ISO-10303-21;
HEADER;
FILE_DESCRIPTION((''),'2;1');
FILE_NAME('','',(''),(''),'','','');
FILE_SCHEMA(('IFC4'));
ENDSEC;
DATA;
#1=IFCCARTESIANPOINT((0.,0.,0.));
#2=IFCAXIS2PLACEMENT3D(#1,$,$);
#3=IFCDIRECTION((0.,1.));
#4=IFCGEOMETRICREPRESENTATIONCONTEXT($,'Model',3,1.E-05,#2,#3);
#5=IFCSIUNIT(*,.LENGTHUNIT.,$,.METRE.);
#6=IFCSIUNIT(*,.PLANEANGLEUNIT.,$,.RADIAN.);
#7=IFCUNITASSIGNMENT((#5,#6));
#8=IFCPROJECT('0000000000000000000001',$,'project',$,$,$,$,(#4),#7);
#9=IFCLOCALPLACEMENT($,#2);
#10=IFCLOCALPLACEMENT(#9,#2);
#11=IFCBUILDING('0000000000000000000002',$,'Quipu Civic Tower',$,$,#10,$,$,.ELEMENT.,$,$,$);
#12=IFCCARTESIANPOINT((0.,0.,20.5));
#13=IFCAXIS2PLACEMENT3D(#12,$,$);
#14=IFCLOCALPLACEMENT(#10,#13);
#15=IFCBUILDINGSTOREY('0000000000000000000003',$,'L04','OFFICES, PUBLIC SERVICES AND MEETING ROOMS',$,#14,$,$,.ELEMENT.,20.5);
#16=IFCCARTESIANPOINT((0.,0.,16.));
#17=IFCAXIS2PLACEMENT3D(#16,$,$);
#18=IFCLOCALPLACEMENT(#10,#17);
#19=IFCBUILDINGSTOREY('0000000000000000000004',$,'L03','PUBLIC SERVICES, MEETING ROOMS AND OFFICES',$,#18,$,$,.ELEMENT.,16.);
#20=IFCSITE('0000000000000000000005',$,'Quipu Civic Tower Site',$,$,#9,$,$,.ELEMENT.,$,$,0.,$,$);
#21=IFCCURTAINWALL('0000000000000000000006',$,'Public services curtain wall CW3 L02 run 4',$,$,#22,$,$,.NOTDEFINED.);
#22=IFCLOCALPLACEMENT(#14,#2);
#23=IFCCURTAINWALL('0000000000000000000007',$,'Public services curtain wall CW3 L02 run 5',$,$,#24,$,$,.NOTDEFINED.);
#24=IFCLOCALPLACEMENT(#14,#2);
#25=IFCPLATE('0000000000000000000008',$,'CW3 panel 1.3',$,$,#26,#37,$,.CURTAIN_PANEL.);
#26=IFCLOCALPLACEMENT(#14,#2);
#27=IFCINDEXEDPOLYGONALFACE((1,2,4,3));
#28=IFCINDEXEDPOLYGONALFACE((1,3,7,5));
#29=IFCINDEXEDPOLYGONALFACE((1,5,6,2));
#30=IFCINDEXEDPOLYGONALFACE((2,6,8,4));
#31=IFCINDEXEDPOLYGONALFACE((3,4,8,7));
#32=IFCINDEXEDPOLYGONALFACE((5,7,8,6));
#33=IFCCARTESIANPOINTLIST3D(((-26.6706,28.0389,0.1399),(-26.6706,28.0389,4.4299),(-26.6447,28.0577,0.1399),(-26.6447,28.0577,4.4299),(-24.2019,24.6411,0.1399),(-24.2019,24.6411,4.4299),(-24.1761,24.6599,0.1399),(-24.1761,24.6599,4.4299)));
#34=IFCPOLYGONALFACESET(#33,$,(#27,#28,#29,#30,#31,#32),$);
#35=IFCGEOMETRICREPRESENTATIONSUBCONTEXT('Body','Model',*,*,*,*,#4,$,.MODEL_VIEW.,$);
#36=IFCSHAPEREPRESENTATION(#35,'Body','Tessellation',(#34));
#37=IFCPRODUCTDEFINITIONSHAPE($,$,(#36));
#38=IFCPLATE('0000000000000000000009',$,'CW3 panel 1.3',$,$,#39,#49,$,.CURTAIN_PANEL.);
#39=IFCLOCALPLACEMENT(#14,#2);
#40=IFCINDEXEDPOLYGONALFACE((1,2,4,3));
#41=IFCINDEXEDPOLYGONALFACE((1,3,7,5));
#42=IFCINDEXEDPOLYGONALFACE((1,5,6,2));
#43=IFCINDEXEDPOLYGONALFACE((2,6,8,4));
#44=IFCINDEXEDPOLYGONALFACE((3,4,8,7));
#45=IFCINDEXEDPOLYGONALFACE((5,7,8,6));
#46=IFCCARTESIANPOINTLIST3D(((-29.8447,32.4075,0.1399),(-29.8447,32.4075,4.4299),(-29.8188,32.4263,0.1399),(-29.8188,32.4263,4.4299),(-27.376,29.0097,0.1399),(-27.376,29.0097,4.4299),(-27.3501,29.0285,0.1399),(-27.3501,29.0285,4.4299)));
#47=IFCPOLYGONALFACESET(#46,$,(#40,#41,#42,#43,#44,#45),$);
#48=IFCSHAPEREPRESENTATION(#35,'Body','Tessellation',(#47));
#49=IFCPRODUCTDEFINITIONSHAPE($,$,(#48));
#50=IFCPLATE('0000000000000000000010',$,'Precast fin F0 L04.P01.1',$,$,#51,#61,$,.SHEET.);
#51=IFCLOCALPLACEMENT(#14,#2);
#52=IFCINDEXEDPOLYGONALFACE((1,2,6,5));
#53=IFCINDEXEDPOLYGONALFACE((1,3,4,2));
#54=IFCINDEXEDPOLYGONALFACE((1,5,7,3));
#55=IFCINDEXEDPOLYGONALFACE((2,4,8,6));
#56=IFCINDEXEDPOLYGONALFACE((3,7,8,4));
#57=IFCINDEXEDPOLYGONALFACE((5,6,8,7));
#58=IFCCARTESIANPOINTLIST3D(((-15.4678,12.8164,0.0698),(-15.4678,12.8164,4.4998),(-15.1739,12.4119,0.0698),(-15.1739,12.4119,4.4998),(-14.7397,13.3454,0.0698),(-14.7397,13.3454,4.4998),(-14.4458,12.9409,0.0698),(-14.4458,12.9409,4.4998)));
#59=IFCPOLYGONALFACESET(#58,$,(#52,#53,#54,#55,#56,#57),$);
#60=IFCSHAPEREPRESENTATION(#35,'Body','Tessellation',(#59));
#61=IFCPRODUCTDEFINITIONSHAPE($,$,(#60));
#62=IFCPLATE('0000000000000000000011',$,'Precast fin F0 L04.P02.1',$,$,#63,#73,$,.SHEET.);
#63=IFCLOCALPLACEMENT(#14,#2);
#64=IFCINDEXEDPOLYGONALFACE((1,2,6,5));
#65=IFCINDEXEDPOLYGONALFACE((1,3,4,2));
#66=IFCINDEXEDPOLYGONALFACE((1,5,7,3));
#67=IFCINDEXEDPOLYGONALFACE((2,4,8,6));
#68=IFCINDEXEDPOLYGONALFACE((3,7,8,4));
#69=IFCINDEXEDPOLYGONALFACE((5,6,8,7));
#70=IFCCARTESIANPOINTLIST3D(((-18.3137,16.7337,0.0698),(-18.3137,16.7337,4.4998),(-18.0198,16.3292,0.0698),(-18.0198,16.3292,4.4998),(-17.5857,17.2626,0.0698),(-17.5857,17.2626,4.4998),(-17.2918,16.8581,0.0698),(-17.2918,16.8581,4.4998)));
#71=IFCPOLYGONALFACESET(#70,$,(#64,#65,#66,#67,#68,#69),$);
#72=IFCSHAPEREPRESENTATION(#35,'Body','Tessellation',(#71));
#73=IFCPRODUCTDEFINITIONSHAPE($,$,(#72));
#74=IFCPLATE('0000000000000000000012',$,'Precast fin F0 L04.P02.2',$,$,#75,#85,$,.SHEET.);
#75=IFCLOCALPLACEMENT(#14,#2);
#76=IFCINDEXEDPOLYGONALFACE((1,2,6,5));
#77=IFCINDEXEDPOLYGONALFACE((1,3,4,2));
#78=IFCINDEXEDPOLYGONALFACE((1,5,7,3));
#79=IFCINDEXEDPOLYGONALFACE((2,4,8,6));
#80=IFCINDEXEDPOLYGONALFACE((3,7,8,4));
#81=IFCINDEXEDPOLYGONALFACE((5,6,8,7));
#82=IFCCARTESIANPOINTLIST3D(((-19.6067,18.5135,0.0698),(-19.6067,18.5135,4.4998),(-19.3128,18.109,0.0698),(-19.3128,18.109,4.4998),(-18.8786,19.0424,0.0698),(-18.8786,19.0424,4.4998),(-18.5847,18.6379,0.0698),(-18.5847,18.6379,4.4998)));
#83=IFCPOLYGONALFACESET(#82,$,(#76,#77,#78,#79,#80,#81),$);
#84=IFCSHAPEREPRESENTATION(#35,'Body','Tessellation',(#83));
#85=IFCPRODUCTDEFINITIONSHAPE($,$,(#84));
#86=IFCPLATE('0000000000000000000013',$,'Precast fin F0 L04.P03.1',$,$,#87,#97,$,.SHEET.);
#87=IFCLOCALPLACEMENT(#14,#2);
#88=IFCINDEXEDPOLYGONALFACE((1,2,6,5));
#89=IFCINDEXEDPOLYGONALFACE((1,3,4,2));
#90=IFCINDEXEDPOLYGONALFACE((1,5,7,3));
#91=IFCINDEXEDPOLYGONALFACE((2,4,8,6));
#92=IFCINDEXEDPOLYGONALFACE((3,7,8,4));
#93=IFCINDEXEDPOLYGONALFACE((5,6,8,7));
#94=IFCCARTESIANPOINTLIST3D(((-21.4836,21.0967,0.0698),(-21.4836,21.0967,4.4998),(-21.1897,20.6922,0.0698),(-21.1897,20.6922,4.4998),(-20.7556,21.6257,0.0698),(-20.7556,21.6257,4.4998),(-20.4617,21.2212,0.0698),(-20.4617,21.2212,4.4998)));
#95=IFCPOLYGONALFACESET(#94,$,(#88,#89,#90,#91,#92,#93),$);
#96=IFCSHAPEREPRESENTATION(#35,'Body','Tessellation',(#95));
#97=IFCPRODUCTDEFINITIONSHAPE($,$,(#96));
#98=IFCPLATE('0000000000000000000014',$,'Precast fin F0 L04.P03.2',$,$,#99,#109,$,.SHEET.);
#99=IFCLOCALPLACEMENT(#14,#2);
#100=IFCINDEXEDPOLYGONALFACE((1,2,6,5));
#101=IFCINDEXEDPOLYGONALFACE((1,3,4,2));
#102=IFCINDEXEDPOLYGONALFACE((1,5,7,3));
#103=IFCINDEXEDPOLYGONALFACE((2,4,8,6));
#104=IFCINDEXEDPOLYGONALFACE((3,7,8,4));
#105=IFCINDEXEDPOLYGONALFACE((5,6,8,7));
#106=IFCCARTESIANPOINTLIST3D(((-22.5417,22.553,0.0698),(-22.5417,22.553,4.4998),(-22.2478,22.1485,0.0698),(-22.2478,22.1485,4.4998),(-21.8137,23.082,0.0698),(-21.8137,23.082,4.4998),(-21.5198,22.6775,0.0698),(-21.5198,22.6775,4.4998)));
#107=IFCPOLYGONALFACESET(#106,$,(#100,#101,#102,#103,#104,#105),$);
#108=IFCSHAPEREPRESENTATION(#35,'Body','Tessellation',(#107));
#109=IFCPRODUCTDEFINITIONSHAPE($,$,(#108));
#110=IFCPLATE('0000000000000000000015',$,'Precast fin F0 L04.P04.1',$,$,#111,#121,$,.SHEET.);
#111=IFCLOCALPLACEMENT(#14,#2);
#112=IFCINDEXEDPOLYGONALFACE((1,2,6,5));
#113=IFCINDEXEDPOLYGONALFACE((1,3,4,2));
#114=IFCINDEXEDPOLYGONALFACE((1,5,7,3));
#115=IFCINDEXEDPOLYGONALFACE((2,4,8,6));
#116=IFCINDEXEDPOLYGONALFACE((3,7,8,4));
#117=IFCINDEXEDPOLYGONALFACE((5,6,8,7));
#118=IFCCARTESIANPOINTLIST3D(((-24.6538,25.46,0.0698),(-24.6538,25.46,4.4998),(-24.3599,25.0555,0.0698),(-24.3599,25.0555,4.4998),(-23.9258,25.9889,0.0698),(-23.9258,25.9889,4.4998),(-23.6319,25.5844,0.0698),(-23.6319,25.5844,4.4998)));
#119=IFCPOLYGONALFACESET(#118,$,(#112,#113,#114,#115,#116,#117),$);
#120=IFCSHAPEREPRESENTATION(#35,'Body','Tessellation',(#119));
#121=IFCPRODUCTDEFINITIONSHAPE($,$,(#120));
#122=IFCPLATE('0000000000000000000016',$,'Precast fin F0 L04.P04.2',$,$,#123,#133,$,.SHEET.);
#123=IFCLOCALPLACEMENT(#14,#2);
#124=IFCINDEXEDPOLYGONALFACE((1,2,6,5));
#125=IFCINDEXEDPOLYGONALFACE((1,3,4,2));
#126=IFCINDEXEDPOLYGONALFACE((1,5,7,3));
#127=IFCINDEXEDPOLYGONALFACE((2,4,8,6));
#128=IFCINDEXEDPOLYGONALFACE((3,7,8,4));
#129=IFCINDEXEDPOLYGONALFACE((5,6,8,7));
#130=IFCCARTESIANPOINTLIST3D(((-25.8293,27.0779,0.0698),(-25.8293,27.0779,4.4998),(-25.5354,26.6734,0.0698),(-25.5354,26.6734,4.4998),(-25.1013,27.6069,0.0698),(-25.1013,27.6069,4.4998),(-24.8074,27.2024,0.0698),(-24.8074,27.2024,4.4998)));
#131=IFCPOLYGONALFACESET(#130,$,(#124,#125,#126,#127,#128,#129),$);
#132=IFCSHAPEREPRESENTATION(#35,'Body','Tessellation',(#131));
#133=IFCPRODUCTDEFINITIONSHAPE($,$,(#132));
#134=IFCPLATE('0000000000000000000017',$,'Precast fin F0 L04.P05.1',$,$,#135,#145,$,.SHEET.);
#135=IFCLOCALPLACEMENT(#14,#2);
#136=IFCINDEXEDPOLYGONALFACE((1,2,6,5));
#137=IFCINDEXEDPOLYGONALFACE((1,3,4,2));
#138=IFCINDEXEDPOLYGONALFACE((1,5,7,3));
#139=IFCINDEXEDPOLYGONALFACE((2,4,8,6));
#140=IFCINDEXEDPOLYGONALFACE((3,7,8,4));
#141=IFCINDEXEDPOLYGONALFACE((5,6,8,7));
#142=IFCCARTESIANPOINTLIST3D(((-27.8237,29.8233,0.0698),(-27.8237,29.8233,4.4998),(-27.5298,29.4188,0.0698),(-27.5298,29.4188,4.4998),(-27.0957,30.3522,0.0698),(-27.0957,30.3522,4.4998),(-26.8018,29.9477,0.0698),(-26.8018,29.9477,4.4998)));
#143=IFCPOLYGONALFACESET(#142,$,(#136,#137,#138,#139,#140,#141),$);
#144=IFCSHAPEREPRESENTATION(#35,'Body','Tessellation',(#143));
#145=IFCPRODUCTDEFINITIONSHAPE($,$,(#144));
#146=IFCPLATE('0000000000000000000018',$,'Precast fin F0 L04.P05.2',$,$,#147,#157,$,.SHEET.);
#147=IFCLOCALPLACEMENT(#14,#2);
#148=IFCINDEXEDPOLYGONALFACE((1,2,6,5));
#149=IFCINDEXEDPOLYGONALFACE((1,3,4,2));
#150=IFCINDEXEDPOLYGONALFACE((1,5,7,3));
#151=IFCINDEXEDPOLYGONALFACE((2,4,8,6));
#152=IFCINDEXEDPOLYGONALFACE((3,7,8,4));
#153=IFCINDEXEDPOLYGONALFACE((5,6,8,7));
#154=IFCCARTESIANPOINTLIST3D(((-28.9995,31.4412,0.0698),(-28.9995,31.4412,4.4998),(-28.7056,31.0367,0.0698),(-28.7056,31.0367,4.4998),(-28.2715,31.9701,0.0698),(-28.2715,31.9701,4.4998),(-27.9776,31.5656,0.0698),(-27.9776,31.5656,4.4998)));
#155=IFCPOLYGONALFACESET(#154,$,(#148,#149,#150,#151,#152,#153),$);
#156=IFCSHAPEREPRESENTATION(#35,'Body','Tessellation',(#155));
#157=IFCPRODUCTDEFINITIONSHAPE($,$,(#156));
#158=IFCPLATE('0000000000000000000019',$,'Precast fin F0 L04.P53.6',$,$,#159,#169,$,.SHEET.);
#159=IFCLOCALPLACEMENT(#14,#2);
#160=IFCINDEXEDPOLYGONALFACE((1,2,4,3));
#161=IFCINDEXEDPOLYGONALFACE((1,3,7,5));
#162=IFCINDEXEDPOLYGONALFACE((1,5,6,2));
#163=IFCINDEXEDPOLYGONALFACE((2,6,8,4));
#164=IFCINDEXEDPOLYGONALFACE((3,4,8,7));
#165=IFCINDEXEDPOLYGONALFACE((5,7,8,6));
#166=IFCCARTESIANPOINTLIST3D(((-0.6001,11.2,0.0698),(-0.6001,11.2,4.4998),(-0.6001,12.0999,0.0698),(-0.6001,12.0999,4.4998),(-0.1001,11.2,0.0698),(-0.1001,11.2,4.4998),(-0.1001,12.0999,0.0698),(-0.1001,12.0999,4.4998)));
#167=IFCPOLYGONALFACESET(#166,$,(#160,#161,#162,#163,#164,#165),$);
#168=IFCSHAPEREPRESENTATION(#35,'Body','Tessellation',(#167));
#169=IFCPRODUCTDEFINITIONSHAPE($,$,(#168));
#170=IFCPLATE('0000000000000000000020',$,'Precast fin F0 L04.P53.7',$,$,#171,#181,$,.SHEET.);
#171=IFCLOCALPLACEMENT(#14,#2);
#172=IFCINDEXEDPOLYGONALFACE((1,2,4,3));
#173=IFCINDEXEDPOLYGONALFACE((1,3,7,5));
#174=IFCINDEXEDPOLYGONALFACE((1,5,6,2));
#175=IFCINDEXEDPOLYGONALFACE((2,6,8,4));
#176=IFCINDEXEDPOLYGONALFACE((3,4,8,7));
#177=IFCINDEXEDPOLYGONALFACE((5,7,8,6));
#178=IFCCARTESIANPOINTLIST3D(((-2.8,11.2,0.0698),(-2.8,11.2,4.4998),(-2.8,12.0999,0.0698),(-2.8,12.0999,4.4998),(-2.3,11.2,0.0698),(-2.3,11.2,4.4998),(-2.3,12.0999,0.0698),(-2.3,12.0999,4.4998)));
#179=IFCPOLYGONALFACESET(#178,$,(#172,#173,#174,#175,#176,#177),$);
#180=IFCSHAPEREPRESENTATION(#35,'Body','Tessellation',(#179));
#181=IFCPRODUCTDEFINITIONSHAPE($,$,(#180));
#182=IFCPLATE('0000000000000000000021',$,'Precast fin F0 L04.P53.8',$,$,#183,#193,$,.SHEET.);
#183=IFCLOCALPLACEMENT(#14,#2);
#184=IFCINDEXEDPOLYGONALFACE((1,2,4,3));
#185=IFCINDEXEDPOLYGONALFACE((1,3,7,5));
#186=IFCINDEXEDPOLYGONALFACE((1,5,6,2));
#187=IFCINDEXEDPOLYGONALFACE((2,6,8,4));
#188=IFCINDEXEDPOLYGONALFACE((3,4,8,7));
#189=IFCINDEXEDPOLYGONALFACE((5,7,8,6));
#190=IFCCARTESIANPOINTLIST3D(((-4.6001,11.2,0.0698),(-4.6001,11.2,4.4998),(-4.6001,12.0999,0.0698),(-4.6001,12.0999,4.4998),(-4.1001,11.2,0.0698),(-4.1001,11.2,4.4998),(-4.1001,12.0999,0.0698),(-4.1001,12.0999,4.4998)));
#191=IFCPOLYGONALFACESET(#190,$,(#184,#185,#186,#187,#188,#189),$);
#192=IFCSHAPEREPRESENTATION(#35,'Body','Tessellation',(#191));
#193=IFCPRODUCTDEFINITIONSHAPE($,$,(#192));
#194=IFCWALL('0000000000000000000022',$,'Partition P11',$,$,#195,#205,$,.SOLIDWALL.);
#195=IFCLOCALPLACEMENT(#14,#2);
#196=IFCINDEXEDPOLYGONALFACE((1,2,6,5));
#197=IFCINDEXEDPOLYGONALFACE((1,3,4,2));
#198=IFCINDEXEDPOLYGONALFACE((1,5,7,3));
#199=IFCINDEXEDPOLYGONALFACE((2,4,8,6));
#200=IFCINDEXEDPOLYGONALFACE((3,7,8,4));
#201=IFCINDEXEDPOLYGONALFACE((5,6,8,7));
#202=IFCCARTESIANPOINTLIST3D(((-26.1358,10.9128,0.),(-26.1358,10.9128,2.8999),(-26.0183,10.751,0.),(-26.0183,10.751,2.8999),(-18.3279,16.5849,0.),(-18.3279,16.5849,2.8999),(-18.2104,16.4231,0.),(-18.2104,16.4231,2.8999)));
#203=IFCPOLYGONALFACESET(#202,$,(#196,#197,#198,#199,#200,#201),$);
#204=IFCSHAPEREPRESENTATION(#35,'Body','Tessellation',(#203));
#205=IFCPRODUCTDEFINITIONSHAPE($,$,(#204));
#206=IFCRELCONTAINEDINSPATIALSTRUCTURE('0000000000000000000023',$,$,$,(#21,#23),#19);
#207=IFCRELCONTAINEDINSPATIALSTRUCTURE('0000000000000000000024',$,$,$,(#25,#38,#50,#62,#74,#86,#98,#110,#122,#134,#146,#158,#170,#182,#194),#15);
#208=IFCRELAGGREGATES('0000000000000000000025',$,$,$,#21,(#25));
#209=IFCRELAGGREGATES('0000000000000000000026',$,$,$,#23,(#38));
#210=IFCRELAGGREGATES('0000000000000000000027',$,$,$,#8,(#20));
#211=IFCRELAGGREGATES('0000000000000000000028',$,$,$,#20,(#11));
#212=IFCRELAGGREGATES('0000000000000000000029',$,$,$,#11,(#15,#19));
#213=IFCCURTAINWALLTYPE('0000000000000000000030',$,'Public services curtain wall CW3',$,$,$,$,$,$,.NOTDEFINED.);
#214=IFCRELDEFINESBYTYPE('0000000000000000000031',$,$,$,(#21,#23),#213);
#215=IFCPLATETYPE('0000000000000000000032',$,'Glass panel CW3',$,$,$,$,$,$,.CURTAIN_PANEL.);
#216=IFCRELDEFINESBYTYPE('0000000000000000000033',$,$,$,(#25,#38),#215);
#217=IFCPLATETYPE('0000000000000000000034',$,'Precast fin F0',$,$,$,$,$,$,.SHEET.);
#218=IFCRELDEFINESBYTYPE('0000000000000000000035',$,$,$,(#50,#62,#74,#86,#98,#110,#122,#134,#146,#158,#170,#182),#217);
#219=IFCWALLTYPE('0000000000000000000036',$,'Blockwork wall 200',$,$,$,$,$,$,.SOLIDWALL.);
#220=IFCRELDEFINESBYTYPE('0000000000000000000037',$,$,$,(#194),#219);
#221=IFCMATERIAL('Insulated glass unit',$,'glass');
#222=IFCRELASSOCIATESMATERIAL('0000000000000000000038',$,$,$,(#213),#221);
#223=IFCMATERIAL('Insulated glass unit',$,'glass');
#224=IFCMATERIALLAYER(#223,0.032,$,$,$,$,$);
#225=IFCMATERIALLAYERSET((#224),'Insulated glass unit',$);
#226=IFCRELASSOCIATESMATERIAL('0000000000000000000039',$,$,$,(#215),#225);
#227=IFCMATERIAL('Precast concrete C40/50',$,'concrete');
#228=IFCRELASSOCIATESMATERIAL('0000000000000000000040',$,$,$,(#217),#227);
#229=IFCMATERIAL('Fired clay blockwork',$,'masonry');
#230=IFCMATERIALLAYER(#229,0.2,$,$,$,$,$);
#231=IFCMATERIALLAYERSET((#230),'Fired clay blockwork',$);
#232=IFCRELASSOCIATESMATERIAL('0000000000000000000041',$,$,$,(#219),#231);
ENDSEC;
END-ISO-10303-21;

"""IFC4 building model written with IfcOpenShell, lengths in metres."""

from ifc_helpers import new_model, si_unit, direction, frame, frame_2d, origin, origin_2d, place, context, subcontext, project, spatial, rectangle, extrude, material, layer, layer_set, type_object, element, aggregate, save


model = new_model("IFC4")

# Units and contexts
model_context = context("Model", 3, precision=1e-05, world=origin(), true_north=direction((0.0, 1.0)))
body_context = subcontext(model_context, "Body", "Model", "MODEL_VIEW")
ifc_project = project(units=[si_unit("LENGTHUNIT", "METRE"), si_unit("PLANEANGLEUNIT", "RADIAN")], contexts=[model_context])

# Site, building, storey
site_placement = place(None, origin())
site = spatial("IfcSite", under=ifc_project, at=site_placement, Name="Quipu Civic Tower Site", CompositionType="ELEMENT", RefElevation=0.0)
building_placement = place(site_placement, origin())
building = spatial("IfcBuilding", under=site, at=building_placement, Name="Quipu Civic Tower", CompositionType="ELEMENT")
storey_1_placement = place(building_placement, frame((0.0, 0.0, 20.5)))
storey_1 = spatial("IfcBuildingStorey", under=building, at=storey_1_placement, Name="L04", Description="OFFICES, PUBLIC SERVICES AND MEETING ROOMS", CompositionType="ELEMENT", Elevation=20.5)

# Shared definitions
storey_2_placement = place(building_placement, frame((0.0, 0.0, 16.0)))
storey_2 = spatial("IfcBuildingStorey", under=building, at=storey_2_placement, Name="L03", Description="PUBLIC SERVICES, MEETING ROOMS AND OFFICES", CompositionType="ELEMENT", Elevation=16.0)

# Curtain walls
ifc_material_1 = material(Name="Insulated glass unit", Category="glass")
curtain_wall_type = type_object("IfcCurtainWallType", Name="Public services curtain wall CW3", PredefinedType="NOTDEFINED", material=ifc_material_1)
curtain_wall_1_placement = place(storey_2_placement, origin())
curtain_wall_1 = element("IfcCurtainWall", 1, at=curtain_wall_1_placement, inside=storey_2, type_object=curtain_wall_type, Name="Public services curtain wall CW3 L02 run 4", PredefinedType="NOTDEFINED")
curtain_wall_2_placement = place(storey_2_placement, origin())
curtain_wall_2 = element("IfcCurtainWall", 2, at=curtain_wall_2_placement, inside=storey_2, type_object=curtain_wall_type, Name="Public services curtain wall CW3 L02 run 5", PredefinedType="NOTDEFINED")

# Shared definitions
ifc_material_2 = material(Name="Insulated glass unit", Category="glass")
ifc_layer_1 = layer(ifc_material_2, 0.032)
ifc_layer_set_1 = layer_set([ifc_layer_1], Name="Insulated glass unit")
plate_type_1 = type_object("IfcPlateType", Name="Glass panel CW3", PredefinedType="CURTAIN_PANEL", material=ifc_layer_set_1)

# Plates
plate_1_placement = place(storey_1_placement, frame((-25.4233, 26.3494, 0.1399), z_axis=(0.0, 0.0, 1.0), x_axis=(-0.587789, 0.809014, 0.0)))
plate_1 = element("IfcPlate", 3, at=plate_1_placement, inside=storey_1, type_object=plate_type_1, Name="CW3 panel 1.3", PredefinedType="CURTAIN_PANEL", context=body_context, shape_type="SweptSolid", body=[
    extrude(rectangle(XDim=4.2, YDim=0.032, at=origin_2d()), origin(), (0.0, 0.0, 1.0), 4.29),
])
aggregate(curtain_wall_1, [plate_1])
plate_2_placement = place(storey_1_placement, frame((-28.5974, 30.718, 0.1399), z_axis=(0.0, 0.0, 1.0), x_axis=(-0.587785, 0.809017, 0.0)))
plate_2 = element("IfcPlate", 4, at=plate_2_placement, inside=storey_1, type_object=plate_type_1, Name="CW3 panel 1.3", PredefinedType="CURTAIN_PANEL", context=body_context, shape_type="SweptSolid", body=[
    extrude(rectangle(XDim=4.2, YDim=0.032, at=origin_2d()), origin(), (0.0, 0.0, 1.0), 4.29),
])
aggregate(curtain_wall_2, [plate_2])

# Plates
ifc_material_3 = material(Name="Precast concrete C40/50", Category="concrete")
plate_type_2 = type_object("IfcPlateType", Name="Precast fin F0", PredefinedType="SHEET", material=ifc_material_3)
for number, where, z_axis, x_axis, name in (
    (5, (-14.9568, 12.8787, 0.0698), (0.0, 0.0, 1.0), (-0.587785, 0.809017, 0.0), "Precast fin F0 L04.P01.1"),
    (6, (-17.8027, 16.7959, 0.0698), (0.0, 0.0, 1.0), (-0.587785, 0.809017, 0.0), "Precast fin F0 L04.P02.1"),
    (7, (-19.0957, 18.5757, 0.0698), (0.0, 0.0, 1.0), (-0.587785, 0.809017, 0.0), "Precast fin F0 L04.P02.2"),
    (8, (-20.9727, 21.1589, 0.0698), (0.0, 0.0, 1.0), (-0.587785, 0.809017, 0.0), "Precast fin F0 L04.P03.1"),
    (9, (-22.0308, 22.6152, 0.0698), (0.0, 0.0, 1.0), (-0.587785, 0.809017, 0.0), "Precast fin F0 L04.P03.2"),
    (10, (-24.1428, 25.5222, 0.0698), (0.0, 0.0, 1.0), (-0.587785, 0.809017, 0.0), "Precast fin F0 L04.P04.1"),
    (11, (-25.3184, 27.1401, 0.0698), (0.0, 0.0, 1.0), (-0.587785, 0.809017, 0.0), "Precast fin F0 L04.P04.2"),
    (12, (-27.3127, 29.8855, 0.0698), (0.0, 0.0, 1.0), (-0.587785, 0.809017, 0.0), "Precast fin F0 L04.P05.1"),
    (13, (-28.4885, 31.5034, 0.0698), (0.0, 0.0, 1.0), (-0.587785, 0.809017, 0.0), "Precast fin F0 L04.P05.2"),
    (14, (-0.3501, 11.6499, 0.0698), (0.0, 0.0, 1.0), (-1.0, 0.0, 0.0), "Precast fin F0 L04.P53.6"),
    (15, (-2.55, 11.6499, 0.0698), (0.0, 0.0, 1.0), (-1.0, 0.0, 0.0), "Precast fin F0 L04.P53.7"),
    (16, (-4.3501, 11.6499, 0.0698), (0.0, 0.0, 1.0), (-1.0, 0.0, 0.0), "Precast fin F0 L04.P53.8"),
):
    element("IfcPlate", number, at=place(storey_1_placement, frame(where, z_axis=z_axis, x_axis=x_axis)), inside=storey_1, type_object=plate_type_2, Name=name, PredefinedType="SHEET", context=body_context, shape_type="SweptSolid", body=[
        extrude(rectangle(XDim=0.5, YDim=0.8999, at=origin_2d()), origin(), (0.0, 0.0, 1.0), 4.4299),
    ])

# Wall
ifc_material_4 = material(Name="Fired clay blockwork", Category="masonry")
ifc_layer_2 = layer(ifc_material_4, 0.2)
ifc_layer_set_2 = layer_set([ifc_layer_2], Name="Fired clay blockwork")
wall_type = type_object("IfcWallType", Name="Blockwork wall 200", PredefinedType="SOLIDWALL", material=ifc_layer_set_2)
wall_placement = place(storey_1_placement, frame((-18.2693, 16.5039, 0.0), z_axis=(0.0, 0.0, 1.0), x_axis=(-0.809048, -0.587743, 0.0)))
element("IfcWall", 17, at=wall_placement, inside=storey_1, type_object=wall_type, Name="Partition P11", PredefinedType="SOLIDWALL", context=body_context, shape_type="SweptSolid", body=[
    extrude(rectangle(XDim=9.6506, YDim=0.2, at=frame_2d((4.8252, 0.0))), origin(), (0.0, 0.0, 1.0), 2.8999),
])

save(model, "model.ifc")
